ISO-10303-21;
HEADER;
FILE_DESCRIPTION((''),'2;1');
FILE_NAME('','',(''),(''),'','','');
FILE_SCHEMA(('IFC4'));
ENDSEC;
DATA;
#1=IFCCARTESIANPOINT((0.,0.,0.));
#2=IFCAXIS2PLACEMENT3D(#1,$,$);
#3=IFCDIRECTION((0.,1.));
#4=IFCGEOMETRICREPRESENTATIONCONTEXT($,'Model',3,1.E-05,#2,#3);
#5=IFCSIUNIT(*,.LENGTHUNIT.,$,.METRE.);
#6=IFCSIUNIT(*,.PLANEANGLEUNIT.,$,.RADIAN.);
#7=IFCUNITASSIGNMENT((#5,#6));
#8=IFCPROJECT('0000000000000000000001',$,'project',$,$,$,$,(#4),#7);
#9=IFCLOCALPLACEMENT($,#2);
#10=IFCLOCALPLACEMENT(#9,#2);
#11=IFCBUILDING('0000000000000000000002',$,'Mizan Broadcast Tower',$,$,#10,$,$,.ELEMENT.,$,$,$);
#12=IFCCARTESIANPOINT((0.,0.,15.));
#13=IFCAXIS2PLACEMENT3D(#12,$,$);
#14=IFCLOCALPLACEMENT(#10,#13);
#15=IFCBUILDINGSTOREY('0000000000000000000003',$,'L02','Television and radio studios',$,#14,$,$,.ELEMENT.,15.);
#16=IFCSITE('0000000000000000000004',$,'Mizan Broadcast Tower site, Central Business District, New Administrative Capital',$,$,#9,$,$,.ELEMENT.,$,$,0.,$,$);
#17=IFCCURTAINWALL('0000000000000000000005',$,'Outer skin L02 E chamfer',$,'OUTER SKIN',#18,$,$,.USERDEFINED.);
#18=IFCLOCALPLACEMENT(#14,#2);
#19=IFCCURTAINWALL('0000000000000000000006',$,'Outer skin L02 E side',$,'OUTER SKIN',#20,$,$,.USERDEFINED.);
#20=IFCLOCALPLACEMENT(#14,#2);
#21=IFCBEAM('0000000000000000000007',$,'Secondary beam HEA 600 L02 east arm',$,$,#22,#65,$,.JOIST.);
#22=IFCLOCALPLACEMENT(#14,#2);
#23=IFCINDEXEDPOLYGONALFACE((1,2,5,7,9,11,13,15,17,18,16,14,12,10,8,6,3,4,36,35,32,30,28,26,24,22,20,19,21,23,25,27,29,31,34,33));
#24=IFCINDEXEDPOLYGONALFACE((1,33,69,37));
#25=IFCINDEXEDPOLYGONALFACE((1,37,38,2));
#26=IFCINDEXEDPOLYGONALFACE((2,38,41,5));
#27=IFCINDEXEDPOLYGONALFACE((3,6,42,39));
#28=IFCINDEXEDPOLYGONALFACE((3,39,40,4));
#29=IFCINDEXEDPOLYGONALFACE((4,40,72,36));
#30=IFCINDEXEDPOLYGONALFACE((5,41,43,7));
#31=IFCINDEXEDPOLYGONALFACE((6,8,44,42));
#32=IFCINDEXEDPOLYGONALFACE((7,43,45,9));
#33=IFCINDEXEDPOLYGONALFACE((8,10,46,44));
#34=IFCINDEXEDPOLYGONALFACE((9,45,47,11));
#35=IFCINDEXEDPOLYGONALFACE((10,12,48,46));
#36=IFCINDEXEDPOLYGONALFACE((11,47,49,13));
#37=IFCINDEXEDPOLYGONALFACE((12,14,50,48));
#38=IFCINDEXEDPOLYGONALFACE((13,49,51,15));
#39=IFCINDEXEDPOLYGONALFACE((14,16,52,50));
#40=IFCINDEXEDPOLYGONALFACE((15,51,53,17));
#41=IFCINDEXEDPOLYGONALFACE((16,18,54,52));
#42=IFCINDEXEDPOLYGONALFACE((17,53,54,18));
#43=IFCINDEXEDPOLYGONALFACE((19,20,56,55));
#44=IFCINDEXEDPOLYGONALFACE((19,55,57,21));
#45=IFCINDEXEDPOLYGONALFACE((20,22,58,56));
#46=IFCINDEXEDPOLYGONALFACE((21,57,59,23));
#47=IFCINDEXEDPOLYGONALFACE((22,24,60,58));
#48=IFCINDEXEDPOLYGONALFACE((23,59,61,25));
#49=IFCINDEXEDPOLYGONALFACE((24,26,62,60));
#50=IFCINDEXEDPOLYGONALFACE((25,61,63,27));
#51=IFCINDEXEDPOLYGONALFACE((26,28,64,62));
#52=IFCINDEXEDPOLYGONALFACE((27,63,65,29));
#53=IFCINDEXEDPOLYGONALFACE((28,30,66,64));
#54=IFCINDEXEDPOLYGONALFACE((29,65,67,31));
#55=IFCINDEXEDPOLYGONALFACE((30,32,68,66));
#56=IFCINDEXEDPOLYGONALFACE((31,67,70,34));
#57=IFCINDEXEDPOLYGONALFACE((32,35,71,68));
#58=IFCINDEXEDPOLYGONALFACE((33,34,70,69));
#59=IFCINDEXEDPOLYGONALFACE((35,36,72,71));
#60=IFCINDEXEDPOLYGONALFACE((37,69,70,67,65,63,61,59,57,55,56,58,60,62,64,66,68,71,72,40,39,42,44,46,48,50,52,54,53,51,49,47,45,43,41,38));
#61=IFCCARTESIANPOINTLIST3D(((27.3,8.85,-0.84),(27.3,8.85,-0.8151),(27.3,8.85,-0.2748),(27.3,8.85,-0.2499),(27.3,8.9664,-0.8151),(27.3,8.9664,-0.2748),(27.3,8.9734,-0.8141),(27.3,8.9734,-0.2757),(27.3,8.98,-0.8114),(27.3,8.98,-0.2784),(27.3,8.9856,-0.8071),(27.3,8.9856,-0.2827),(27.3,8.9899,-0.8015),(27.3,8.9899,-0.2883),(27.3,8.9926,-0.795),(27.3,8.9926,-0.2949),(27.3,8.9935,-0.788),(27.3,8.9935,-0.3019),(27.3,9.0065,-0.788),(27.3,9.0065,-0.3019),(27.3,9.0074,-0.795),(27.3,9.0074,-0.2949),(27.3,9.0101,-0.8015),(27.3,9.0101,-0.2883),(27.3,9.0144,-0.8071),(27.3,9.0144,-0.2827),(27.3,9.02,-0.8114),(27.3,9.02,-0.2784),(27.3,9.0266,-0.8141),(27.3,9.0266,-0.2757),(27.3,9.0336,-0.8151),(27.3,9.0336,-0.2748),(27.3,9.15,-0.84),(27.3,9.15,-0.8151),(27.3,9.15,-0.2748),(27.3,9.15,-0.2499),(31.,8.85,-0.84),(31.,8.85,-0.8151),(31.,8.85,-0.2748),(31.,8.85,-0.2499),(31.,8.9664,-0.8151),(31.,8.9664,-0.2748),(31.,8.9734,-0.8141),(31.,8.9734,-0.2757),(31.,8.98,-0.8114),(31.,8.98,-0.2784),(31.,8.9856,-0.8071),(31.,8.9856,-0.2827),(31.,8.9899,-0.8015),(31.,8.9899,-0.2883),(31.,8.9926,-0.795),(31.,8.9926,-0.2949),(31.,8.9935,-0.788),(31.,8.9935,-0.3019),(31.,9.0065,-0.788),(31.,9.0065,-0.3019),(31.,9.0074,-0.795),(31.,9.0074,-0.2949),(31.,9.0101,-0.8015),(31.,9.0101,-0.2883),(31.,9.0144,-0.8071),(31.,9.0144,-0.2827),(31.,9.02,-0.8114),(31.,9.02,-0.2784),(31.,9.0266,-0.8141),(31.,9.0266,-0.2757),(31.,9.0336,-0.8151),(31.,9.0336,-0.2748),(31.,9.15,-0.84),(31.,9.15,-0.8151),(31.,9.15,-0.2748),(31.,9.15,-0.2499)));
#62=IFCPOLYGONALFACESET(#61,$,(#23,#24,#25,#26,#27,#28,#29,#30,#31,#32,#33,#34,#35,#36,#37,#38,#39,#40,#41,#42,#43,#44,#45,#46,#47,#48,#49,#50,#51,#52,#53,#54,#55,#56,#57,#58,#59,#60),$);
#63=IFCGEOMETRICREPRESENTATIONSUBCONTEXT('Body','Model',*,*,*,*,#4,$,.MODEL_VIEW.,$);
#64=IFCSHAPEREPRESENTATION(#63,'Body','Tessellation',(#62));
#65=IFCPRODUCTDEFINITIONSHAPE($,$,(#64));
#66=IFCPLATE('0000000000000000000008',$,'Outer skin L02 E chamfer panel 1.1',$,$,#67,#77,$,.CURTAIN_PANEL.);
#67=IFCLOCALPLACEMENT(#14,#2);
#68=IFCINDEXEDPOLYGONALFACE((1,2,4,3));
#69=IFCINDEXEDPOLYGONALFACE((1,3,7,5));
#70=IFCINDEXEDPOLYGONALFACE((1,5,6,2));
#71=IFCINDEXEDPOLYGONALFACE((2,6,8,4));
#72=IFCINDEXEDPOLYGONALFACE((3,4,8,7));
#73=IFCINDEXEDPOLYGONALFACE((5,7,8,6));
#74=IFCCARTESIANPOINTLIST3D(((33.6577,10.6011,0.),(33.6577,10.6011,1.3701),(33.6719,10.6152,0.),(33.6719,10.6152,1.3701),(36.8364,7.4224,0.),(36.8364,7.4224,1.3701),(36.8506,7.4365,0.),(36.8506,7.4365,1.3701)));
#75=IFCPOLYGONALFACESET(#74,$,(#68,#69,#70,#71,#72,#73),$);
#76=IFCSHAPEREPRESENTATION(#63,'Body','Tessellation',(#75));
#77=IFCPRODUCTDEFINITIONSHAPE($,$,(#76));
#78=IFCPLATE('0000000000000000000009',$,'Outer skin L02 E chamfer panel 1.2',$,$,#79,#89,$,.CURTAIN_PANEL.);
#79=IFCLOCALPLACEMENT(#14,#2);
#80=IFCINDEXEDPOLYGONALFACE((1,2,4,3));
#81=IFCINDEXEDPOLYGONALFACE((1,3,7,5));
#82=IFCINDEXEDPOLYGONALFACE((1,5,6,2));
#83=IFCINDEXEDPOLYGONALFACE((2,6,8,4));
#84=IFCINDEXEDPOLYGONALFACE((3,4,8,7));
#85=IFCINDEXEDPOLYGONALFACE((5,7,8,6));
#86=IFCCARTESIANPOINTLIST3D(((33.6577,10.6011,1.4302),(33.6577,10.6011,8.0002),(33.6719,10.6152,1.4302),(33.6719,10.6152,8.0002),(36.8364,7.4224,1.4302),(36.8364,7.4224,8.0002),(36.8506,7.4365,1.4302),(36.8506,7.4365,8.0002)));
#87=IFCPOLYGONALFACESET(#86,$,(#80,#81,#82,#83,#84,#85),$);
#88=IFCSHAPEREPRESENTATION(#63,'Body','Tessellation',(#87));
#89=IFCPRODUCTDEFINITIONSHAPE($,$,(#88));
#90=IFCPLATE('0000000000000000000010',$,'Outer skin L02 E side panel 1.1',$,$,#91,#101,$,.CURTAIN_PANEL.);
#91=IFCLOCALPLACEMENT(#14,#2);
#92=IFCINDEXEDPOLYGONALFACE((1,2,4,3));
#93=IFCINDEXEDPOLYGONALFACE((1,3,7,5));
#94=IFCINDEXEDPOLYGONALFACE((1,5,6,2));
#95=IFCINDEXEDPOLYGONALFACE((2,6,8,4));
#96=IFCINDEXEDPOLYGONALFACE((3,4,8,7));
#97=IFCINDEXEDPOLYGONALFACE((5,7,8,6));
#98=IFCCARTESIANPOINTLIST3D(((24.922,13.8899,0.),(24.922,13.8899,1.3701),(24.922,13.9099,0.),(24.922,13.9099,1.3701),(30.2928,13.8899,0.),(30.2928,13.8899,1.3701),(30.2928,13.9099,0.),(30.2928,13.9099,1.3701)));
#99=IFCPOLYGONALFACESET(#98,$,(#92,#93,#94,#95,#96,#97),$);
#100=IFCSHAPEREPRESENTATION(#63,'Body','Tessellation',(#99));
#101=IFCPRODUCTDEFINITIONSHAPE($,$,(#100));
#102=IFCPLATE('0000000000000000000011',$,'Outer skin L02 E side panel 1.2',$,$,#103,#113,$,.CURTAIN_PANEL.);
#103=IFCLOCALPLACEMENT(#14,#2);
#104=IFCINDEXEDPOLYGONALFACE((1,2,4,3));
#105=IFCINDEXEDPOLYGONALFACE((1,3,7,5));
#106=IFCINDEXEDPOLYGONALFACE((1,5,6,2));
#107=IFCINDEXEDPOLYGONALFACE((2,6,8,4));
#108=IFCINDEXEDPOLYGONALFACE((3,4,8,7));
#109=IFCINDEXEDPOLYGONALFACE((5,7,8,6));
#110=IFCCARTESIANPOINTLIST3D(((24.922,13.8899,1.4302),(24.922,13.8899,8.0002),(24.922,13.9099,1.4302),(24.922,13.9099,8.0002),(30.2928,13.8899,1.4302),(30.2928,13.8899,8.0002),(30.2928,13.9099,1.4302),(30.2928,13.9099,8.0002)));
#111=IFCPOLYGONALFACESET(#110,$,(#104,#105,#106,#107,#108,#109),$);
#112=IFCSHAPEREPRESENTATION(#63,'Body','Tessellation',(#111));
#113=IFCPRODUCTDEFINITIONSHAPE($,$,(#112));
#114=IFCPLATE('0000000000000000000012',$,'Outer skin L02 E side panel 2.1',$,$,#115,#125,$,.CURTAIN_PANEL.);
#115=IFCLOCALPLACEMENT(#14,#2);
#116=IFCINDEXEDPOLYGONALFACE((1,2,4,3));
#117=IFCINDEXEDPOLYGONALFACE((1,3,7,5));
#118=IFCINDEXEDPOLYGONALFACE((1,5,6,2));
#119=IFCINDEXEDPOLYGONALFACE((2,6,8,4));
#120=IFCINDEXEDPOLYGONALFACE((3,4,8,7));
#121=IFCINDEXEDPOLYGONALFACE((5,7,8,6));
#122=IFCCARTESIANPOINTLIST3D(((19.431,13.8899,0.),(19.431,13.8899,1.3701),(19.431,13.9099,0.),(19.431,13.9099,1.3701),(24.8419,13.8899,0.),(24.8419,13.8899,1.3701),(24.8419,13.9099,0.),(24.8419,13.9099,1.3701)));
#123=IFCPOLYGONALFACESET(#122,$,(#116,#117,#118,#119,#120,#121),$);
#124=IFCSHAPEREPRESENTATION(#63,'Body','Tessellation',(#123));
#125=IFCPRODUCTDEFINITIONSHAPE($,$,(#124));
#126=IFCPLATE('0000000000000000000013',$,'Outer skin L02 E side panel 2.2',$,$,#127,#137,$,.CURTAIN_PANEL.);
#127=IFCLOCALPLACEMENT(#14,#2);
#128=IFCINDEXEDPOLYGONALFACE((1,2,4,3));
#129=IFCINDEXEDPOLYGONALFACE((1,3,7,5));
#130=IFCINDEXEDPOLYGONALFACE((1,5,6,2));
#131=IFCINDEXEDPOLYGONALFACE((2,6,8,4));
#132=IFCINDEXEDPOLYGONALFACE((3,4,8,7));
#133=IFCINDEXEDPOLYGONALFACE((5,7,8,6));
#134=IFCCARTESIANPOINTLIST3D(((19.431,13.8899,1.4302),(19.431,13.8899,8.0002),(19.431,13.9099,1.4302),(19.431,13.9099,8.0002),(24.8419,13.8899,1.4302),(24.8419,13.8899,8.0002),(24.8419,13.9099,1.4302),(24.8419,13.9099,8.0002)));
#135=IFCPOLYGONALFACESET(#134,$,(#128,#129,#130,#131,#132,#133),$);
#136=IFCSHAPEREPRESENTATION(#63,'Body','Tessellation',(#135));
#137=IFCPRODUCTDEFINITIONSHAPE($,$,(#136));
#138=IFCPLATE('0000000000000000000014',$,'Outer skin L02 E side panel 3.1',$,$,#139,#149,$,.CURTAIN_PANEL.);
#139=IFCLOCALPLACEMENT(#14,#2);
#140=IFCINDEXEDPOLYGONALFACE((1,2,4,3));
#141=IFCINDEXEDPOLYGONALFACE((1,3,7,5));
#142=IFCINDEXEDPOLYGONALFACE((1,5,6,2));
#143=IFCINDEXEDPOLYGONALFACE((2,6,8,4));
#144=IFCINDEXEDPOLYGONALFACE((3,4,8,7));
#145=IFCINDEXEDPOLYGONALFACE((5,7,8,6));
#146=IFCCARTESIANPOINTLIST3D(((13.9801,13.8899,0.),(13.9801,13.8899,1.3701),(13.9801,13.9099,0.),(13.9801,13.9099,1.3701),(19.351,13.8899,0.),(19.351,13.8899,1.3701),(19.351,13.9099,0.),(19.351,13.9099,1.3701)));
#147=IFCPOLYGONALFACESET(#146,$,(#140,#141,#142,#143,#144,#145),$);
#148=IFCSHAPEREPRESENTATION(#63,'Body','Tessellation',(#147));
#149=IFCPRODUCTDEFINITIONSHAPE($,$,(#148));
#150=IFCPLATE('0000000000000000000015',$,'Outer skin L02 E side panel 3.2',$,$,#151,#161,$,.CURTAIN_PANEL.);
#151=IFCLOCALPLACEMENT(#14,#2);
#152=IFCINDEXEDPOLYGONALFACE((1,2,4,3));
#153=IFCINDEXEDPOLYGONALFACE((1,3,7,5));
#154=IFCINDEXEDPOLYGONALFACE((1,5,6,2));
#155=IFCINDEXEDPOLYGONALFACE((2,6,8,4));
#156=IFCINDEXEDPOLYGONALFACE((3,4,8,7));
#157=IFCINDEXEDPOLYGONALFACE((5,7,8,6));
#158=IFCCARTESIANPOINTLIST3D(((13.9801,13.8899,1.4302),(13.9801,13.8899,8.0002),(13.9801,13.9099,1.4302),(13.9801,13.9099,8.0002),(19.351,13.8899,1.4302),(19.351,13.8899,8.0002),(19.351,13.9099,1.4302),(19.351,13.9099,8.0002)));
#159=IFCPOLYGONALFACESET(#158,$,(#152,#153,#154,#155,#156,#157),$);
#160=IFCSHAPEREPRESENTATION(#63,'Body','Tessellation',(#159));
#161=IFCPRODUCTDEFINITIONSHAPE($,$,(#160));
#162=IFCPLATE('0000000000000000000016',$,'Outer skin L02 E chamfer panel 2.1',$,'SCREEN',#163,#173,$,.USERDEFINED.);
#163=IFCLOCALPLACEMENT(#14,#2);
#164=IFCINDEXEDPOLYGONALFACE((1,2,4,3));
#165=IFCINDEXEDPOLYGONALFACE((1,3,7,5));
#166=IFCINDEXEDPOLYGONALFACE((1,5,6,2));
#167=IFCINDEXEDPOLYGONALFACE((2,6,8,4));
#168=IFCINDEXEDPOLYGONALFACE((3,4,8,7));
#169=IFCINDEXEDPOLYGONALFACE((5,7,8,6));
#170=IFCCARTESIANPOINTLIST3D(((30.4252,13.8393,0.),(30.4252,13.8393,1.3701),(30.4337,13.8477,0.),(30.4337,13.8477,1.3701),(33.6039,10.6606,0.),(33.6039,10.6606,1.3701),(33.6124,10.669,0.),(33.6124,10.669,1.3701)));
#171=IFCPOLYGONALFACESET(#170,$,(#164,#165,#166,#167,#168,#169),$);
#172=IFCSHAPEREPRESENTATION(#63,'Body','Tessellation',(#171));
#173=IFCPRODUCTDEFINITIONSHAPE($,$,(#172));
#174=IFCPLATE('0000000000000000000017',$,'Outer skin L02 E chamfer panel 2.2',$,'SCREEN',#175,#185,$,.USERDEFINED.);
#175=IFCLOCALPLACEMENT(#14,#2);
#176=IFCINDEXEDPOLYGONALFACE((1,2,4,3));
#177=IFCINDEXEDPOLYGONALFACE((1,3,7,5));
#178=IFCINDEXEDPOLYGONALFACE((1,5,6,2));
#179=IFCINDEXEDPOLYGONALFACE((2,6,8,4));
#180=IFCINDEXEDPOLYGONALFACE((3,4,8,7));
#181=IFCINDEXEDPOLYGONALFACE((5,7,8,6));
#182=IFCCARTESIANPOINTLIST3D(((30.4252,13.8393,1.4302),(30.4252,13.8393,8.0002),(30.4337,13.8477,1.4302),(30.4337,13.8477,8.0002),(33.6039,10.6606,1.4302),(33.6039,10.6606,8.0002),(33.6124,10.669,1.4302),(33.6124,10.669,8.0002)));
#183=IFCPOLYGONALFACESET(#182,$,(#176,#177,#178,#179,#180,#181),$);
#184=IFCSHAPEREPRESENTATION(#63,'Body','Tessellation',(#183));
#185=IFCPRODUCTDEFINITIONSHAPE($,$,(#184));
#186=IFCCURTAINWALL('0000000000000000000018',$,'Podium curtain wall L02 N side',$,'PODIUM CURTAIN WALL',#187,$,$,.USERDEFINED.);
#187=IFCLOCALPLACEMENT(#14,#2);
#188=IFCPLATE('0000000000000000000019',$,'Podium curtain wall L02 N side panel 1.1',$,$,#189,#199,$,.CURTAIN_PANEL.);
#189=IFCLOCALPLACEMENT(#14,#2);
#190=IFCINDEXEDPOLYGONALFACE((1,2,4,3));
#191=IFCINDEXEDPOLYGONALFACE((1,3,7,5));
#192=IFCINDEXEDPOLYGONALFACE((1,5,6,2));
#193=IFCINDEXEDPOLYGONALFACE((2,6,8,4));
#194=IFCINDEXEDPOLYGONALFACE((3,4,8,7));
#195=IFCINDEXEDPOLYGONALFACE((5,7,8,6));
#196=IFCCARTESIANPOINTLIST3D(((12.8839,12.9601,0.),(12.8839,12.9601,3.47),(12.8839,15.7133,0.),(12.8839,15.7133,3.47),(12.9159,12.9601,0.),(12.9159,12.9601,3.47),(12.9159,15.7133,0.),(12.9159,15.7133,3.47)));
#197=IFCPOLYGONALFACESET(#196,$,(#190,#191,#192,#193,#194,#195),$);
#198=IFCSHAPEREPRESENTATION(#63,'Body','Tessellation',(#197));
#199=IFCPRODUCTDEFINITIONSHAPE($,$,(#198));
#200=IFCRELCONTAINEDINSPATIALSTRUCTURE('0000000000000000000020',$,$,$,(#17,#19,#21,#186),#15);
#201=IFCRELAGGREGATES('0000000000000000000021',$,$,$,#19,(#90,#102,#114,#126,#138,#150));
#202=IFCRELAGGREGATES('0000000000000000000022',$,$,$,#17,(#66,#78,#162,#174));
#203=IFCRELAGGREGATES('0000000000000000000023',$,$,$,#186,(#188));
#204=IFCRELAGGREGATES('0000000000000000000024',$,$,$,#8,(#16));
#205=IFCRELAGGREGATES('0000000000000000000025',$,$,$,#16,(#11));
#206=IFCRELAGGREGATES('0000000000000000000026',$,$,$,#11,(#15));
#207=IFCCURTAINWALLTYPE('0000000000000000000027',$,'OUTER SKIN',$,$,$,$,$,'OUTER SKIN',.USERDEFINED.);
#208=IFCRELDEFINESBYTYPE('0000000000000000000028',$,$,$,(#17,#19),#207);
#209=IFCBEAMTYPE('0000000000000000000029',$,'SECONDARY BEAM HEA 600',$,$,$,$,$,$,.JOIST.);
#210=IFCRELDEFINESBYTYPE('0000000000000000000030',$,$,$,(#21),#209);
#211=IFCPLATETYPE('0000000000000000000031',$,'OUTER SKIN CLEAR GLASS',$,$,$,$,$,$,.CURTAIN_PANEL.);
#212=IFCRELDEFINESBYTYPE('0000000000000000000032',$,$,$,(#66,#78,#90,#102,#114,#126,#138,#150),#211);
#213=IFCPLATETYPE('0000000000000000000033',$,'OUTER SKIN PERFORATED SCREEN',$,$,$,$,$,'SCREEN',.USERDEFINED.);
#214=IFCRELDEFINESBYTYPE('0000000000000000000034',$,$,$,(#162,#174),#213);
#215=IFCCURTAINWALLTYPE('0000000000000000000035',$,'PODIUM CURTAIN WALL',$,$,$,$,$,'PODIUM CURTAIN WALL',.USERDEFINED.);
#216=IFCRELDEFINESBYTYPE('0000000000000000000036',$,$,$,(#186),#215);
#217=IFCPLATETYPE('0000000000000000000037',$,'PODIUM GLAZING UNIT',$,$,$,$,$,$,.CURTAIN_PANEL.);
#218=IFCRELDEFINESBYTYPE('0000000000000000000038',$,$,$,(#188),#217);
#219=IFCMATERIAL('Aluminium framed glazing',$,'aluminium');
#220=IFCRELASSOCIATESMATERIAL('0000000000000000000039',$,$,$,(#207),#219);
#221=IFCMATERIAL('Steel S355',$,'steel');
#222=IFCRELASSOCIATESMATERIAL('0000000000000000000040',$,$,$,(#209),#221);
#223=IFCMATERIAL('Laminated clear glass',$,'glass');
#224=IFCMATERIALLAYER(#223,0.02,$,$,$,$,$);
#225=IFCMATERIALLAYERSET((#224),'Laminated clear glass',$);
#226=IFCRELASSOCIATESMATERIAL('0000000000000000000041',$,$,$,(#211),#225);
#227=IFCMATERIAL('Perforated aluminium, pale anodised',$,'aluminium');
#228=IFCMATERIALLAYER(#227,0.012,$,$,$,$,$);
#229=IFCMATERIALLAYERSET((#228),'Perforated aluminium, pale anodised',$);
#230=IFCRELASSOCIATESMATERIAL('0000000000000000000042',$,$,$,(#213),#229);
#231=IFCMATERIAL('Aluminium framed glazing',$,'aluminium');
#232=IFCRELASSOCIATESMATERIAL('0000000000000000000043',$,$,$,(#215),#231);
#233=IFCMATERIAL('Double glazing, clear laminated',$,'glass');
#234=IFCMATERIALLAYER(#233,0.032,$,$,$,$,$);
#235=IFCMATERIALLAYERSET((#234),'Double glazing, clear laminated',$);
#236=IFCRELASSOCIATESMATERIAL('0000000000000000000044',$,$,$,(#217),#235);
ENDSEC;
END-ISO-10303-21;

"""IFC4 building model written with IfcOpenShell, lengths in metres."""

from ifc_helpers import new_model, si_unit, direction, frame, origin, origin_2d, place, context, subcontext, project, spatial, rectangle, i_section, extrude, material, layer, layer_set, material_profile, profile_set, type_object, element, aggregate, save


model = new_model("IFC4")

# Units and contexts
model_context = context("Model", 3, precision=1e-05, world=origin(), true_north=direction((0.0, 1.0)))
body_context = subcontext(model_context, "Body", "Model", "MODEL_VIEW")
ifc_project = project(units=[si_unit("LENGTHUNIT", "METRE"), si_unit("PLANEANGLEUNIT", "RADIAN")], contexts=[model_context])

# Site, building, storey
site_placement = place(None, origin())
site = spatial("IfcSite", under=ifc_project, at=site_placement, Name="Mizan Broadcast Tower site, Central Business District, New Administrative Capital", CompositionType="ELEMENT", RefElevation=0.0)
building_placement = place(site_placement, origin())
building = spatial("IfcBuilding", under=site, at=building_placement, Name="Mizan Broadcast Tower", CompositionType="ELEMENT")
storey_placement = place(building_placement, frame((0.0, 0.0, 15.0)))
storey = spatial("IfcBuildingStorey", under=building, at=storey_placement, Name="L02", Description="Television and radio studios", CompositionType="ELEMENT", Elevation=15.0)

# Shared definitions
ifc_material_1 = material(Name="Aluminium framed glazing", Category="aluminium")
curtain_wall_type_1 = type_object("IfcCurtainWallType", Name="OUTER SKIN", ElementType="OUTER SKIN", PredefinedType="USERDEFINED", material=ifc_material_1)

# Curtain walls
curtain_wall_1_placement = place(storey_placement, origin())
curtain_wall_1 = element("IfcCurtainWall", 1, at=curtain_wall_1_placement, inside=storey, type_object=curtain_wall_type_1, Name="Outer skin L02 E chamfer", ObjectType="OUTER SKIN", PredefinedType="USERDEFINED")
curtain_wall_2_placement = place(storey_placement, origin())
curtain_wall_2 = element("IfcCurtainWall", 2, at=curtain_wall_2_placement, inside=storey, type_object=curtain_wall_type_1, Name="Outer skin L02 E side", ObjectType="OUTER SKIN", PredefinedType="USERDEFINED")

# Beam
ifc_material_2 = material(Name="Steel S355", Category="steel")
ifc_material_profile_1 = material_profile(ifc_material_2, i_section(OverallWidth=0.3, OverallDepth=0.5901, WebThickness=0.0129, FlangeThickness=0.0249, FilletRadius=0.0271, at=origin_2d()), Name="HEA 600")
ifc_profile_set_1 = profile_set([ifc_material_profile_1], Name="Steel S355")
beam_type_1 = type_object("IfcBeamType", Name="SECONDARY BEAM HEA 600", PredefinedType="JOIST", material=ifc_profile_set_1)
beam_1_placement = place(storey_placement, frame((27.3, 9.0, -0.5449), z_axis=(1.0, 0.0, 0.0), x_axis=(0.0, 1.0, 0.0)))
element("IfcBeam", 3, at=beam_1_placement, inside=storey, type_object=beam_type_1, Name="Secondary beam HEA 600 L02 east arm", PredefinedType="JOIST", context=body_context, shape_type="SweptSolid", body=[
    extrude(i_section(OverallWidth=0.3, OverallDepth=0.5901, WebThickness=0.0129, FlangeThickness=0.0249, FilletRadius=0.0271, at=origin_2d()), origin(), (0.0, 0.0, 1.0), 3.7),
])

# Plates
ifc_material_3 = material(Name="Laminated clear glass", Category="glass")
ifc_layer_1 = layer(ifc_material_3, 0.02)
ifc_layer_set_1 = layer_set([ifc_layer_1], Name="Laminated clear glass")
plate_type_1 = type_object("IfcPlateType", Name="OUTER SKIN CLEAR GLASS", PredefinedType="CURTAIN_PANEL", material=ifc_layer_set_1)
plate_1_placement = place(storey_placement, frame((35.2542, 9.0188, 0.0), z_axis=(0.0, 0.0, 1.0), x_axis=(-0.707107, 0.707107, 0.0)))
plate_1 = element("IfcPlate", 4, at=plate_1_placement, type_object=plate_type_1, Name="Outer skin L02 E chamfer panel 1.1", PredefinedType="CURTAIN_PANEL", context=body_context, shape_type="SweptSolid", body=[
    extrude(rectangle(XDim=4.4954, YDim=0.02, at=origin_2d()), origin(), (0.0, 0.0, 1.0), 1.3701),
])
plate_2_placement = place(storey_placement, frame((35.2542, 9.0188, 1.4302), z_axis=(0.0, 0.0, 1.0), x_axis=(-0.707107, 0.707107, 0.0)))
plate_2 = element("IfcPlate", 5, at=plate_2_placement, type_object=plate_type_1, Name="Outer skin L02 E chamfer panel 1.2", PredefinedType="CURTAIN_PANEL", context=body_context, shape_type="SweptSolid", body=[
    extrude(rectangle(XDim=4.4954, YDim=0.02, at=origin_2d()), origin(), (0.0, 0.0, 1.0), 6.5701),
])
plate_3_placement = place(storey_placement, frame((27.6074, 13.8999, 0.0), z_axis=(0.0, 0.0, 1.0), x_axis=(-1.0, 0.0, 0.0)))
plate_3 = element("IfcPlate", 6, at=plate_3_placement, type_object=plate_type_1, Name="Outer skin L02 E side panel 1.1", PredefinedType="CURTAIN_PANEL", context=body_context, shape_type="SweptSolid", body=[
    extrude(rectangle(XDim=5.3708, YDim=0.02, at=origin_2d()), origin(), (0.0, 0.0, 1.0), 1.3701),
])
plate_4_placement = place(storey_placement, frame((27.6074, 13.8999, 1.4302), z_axis=(0.0, 0.0, 1.0), x_axis=(-1.0, 0.0, 0.0)))
plate_4 = element("IfcPlate", 7, at=plate_4_placement, type_object=plate_type_1, Name="Outer skin L02 E side panel 1.2", PredefinedType="CURTAIN_PANEL", context=body_context, shape_type="SweptSolid", body=[
    extrude(rectangle(XDim=5.3708, YDim=0.02, at=origin_2d()), origin(), (0.0, 0.0, 1.0), 6.5701),
])
plate_5_placement = place(storey_placement, frame((22.1365, 13.8999, 0.0), z_axis=(0.0, 0.0, 1.0), x_axis=(-1.0, 0.0, 0.0)))
plate_5 = element("IfcPlate", 8, at=plate_5_placement, type_object=plate_type_1, Name="Outer skin L02 E side panel 2.1", PredefinedType="CURTAIN_PANEL", context=body_context, shape_type="SweptSolid", body=[
    extrude(rectangle(XDim=5.4109, YDim=0.02, at=origin_2d()), origin(), (0.0, 0.0, 1.0), 1.3701),
])
plate_6_placement = place(storey_placement, frame((22.1365, 13.8999, 1.4302), z_axis=(0.0, 0.0, 1.0), x_axis=(-1.0, 0.0, 0.0)))
plate_6 = element("IfcPlate", 9, at=plate_6_placement, type_object=plate_type_1, Name="Outer skin L02 E side panel 2.2", PredefinedType="CURTAIN_PANEL", context=body_context, shape_type="SweptSolid", body=[
    extrude(rectangle(XDim=5.4109, YDim=0.02, at=origin_2d()), origin(), (0.0, 0.0, 1.0), 6.5701),
])
plate_7_placement = place(storey_placement, frame((16.6655, 13.8999, 0.0), z_axis=(0.0, 0.0, 1.0), x_axis=(-1.0, 0.0, 0.0)))
plate_7 = element("IfcPlate", 10, at=plate_7_placement, type_object=plate_type_1, Name="Outer skin L02 E side panel 3.1", PredefinedType="CURTAIN_PANEL", context=body_context, shape_type="SweptSolid", body=[
    extrude(rectangle(XDim=5.3708, YDim=0.02, at=origin_2d()), origin(), (0.0, 0.0, 1.0), 1.3701),
])
plate_8_placement = place(storey_placement, frame((16.6655, 13.8999, 1.4302), z_axis=(0.0, 0.0, 1.0), x_axis=(-1.0, 0.0, 0.0)))
plate_8 = element("IfcPlate", 11, at=plate_8_placement, type_object=plate_type_1, Name="Outer skin L02 E side panel 3.2", PredefinedType="CURTAIN_PANEL", context=body_context, shape_type="SweptSolid", body=[
    extrude(rectangle(XDim=5.3708, YDim=0.02, at=origin_2d()), origin(), (0.0, 0.0, 1.0), 6.5701),
])
aggregate(curtain_wall_2, [plate_3, plate_4, plate_5, plate_6, plate_7, plate_8])
ifc_material_4 = material(Name="Perforated aluminium, pale anodised", Category="aluminium")
ifc_layer_2 = layer(ifc_material_4, 0.012)
ifc_layer_set_2 = layer_set([ifc_layer_2], Name="Perforated aluminium, pale anodised")
plate_type_2 = type_object("IfcPlateType", Name="OUTER SKIN PERFORATED SCREEN", ElementType="SCREEN", PredefinedType="USERDEFINED", material=ifc_layer_set_2)
plate_9_placement = place(storey_placement, frame((32.0188, 12.2542, 0.0), z_axis=(0.0, 0.0, 1.0), x_axis=(-0.707107, 0.707107, 0.0)))
plate_9 = element("IfcPlate", 12, at=plate_9_placement, type_object=plate_type_2, Name="Outer skin L02 E chamfer panel 2.1", ObjectType="SCREEN", PredefinedType="USERDEFINED", context=body_context, shape_type="SweptSolid", body=[
    extrude(rectangle(XDim=4.4954, YDim=0.012, at=origin_2d()), origin(), (0.0, 0.0, 1.0), 1.3701),
])
plate_10_placement = place(storey_placement, frame((32.0188, 12.2542, 1.4302), z_axis=(0.0, 0.0, 1.0), x_axis=(-0.707107, 0.707107, 0.0)))
plate_10 = element("IfcPlate", 13, at=plate_10_placement, type_object=plate_type_2, Name="Outer skin L02 E chamfer panel 2.2", ObjectType="SCREEN", PredefinedType="USERDEFINED", context=body_context, shape_type="SweptSolid", body=[
    extrude(rectangle(XDim=4.4954, YDim=0.012, at=origin_2d()), origin(), (0.0, 0.0, 1.0), 6.5701),
])
aggregate(curtain_wall_1, [plate_1, plate_2, plate_9, plate_10])

# Curtain wall, plate
ifc_material_5 = material(Name="Aluminium framed glazing", Category="aluminium")
curtain_wall_type_2 = type_object("IfcCurtainWallType", Name="PODIUM CURTAIN WALL", ElementType="PODIUM CURTAIN WALL", PredefinedType="USERDEFINED", material=ifc_material_5)
curtain_wall_3_placement = place(storey_placement, origin())
curtain_wall_3 = element("IfcCurtainWall", 14, at=curtain_wall_3_placement, inside=storey, type_object=curtain_wall_type_2, Name="Podium curtain wall L02 N side", ObjectType="PODIUM CURTAIN WALL", PredefinedType="USERDEFINED")
ifc_material_6 = material(Name="Double glazing, clear laminated", Category="glass")
ifc_layer_3 = layer(ifc_material_6, 0.032)
ifc_layer_set_3 = layer_set([ifc_layer_3], Name="Double glazing, clear laminated")
plate_type_3 = type_object("IfcPlateType", Name="PODIUM GLAZING UNIT", PredefinedType="CURTAIN_PANEL", material=ifc_layer_set_3)
plate_11_placement = place(storey_placement, frame((12.8999, 14.3367, 0.0), z_axis=(0.0, 0.0, 1.0), x_axis=(0.0, 1.0, 0.0)))
plate_11 = element("IfcPlate", 15, at=plate_11_placement, type_object=plate_type_3, Name="Podium curtain wall L02 N side panel 1.1", PredefinedType="CURTAIN_PANEL", context=body_context, shape_type="SweptSolid", body=[
    extrude(rectangle(XDim=2.7532, YDim=0.032, at=origin_2d()), origin(), (0.0, 0.0, 1.0), 3.47),
])
aggregate(curtain_wall_3, [plate_11])

save(model, "model.ifc")
